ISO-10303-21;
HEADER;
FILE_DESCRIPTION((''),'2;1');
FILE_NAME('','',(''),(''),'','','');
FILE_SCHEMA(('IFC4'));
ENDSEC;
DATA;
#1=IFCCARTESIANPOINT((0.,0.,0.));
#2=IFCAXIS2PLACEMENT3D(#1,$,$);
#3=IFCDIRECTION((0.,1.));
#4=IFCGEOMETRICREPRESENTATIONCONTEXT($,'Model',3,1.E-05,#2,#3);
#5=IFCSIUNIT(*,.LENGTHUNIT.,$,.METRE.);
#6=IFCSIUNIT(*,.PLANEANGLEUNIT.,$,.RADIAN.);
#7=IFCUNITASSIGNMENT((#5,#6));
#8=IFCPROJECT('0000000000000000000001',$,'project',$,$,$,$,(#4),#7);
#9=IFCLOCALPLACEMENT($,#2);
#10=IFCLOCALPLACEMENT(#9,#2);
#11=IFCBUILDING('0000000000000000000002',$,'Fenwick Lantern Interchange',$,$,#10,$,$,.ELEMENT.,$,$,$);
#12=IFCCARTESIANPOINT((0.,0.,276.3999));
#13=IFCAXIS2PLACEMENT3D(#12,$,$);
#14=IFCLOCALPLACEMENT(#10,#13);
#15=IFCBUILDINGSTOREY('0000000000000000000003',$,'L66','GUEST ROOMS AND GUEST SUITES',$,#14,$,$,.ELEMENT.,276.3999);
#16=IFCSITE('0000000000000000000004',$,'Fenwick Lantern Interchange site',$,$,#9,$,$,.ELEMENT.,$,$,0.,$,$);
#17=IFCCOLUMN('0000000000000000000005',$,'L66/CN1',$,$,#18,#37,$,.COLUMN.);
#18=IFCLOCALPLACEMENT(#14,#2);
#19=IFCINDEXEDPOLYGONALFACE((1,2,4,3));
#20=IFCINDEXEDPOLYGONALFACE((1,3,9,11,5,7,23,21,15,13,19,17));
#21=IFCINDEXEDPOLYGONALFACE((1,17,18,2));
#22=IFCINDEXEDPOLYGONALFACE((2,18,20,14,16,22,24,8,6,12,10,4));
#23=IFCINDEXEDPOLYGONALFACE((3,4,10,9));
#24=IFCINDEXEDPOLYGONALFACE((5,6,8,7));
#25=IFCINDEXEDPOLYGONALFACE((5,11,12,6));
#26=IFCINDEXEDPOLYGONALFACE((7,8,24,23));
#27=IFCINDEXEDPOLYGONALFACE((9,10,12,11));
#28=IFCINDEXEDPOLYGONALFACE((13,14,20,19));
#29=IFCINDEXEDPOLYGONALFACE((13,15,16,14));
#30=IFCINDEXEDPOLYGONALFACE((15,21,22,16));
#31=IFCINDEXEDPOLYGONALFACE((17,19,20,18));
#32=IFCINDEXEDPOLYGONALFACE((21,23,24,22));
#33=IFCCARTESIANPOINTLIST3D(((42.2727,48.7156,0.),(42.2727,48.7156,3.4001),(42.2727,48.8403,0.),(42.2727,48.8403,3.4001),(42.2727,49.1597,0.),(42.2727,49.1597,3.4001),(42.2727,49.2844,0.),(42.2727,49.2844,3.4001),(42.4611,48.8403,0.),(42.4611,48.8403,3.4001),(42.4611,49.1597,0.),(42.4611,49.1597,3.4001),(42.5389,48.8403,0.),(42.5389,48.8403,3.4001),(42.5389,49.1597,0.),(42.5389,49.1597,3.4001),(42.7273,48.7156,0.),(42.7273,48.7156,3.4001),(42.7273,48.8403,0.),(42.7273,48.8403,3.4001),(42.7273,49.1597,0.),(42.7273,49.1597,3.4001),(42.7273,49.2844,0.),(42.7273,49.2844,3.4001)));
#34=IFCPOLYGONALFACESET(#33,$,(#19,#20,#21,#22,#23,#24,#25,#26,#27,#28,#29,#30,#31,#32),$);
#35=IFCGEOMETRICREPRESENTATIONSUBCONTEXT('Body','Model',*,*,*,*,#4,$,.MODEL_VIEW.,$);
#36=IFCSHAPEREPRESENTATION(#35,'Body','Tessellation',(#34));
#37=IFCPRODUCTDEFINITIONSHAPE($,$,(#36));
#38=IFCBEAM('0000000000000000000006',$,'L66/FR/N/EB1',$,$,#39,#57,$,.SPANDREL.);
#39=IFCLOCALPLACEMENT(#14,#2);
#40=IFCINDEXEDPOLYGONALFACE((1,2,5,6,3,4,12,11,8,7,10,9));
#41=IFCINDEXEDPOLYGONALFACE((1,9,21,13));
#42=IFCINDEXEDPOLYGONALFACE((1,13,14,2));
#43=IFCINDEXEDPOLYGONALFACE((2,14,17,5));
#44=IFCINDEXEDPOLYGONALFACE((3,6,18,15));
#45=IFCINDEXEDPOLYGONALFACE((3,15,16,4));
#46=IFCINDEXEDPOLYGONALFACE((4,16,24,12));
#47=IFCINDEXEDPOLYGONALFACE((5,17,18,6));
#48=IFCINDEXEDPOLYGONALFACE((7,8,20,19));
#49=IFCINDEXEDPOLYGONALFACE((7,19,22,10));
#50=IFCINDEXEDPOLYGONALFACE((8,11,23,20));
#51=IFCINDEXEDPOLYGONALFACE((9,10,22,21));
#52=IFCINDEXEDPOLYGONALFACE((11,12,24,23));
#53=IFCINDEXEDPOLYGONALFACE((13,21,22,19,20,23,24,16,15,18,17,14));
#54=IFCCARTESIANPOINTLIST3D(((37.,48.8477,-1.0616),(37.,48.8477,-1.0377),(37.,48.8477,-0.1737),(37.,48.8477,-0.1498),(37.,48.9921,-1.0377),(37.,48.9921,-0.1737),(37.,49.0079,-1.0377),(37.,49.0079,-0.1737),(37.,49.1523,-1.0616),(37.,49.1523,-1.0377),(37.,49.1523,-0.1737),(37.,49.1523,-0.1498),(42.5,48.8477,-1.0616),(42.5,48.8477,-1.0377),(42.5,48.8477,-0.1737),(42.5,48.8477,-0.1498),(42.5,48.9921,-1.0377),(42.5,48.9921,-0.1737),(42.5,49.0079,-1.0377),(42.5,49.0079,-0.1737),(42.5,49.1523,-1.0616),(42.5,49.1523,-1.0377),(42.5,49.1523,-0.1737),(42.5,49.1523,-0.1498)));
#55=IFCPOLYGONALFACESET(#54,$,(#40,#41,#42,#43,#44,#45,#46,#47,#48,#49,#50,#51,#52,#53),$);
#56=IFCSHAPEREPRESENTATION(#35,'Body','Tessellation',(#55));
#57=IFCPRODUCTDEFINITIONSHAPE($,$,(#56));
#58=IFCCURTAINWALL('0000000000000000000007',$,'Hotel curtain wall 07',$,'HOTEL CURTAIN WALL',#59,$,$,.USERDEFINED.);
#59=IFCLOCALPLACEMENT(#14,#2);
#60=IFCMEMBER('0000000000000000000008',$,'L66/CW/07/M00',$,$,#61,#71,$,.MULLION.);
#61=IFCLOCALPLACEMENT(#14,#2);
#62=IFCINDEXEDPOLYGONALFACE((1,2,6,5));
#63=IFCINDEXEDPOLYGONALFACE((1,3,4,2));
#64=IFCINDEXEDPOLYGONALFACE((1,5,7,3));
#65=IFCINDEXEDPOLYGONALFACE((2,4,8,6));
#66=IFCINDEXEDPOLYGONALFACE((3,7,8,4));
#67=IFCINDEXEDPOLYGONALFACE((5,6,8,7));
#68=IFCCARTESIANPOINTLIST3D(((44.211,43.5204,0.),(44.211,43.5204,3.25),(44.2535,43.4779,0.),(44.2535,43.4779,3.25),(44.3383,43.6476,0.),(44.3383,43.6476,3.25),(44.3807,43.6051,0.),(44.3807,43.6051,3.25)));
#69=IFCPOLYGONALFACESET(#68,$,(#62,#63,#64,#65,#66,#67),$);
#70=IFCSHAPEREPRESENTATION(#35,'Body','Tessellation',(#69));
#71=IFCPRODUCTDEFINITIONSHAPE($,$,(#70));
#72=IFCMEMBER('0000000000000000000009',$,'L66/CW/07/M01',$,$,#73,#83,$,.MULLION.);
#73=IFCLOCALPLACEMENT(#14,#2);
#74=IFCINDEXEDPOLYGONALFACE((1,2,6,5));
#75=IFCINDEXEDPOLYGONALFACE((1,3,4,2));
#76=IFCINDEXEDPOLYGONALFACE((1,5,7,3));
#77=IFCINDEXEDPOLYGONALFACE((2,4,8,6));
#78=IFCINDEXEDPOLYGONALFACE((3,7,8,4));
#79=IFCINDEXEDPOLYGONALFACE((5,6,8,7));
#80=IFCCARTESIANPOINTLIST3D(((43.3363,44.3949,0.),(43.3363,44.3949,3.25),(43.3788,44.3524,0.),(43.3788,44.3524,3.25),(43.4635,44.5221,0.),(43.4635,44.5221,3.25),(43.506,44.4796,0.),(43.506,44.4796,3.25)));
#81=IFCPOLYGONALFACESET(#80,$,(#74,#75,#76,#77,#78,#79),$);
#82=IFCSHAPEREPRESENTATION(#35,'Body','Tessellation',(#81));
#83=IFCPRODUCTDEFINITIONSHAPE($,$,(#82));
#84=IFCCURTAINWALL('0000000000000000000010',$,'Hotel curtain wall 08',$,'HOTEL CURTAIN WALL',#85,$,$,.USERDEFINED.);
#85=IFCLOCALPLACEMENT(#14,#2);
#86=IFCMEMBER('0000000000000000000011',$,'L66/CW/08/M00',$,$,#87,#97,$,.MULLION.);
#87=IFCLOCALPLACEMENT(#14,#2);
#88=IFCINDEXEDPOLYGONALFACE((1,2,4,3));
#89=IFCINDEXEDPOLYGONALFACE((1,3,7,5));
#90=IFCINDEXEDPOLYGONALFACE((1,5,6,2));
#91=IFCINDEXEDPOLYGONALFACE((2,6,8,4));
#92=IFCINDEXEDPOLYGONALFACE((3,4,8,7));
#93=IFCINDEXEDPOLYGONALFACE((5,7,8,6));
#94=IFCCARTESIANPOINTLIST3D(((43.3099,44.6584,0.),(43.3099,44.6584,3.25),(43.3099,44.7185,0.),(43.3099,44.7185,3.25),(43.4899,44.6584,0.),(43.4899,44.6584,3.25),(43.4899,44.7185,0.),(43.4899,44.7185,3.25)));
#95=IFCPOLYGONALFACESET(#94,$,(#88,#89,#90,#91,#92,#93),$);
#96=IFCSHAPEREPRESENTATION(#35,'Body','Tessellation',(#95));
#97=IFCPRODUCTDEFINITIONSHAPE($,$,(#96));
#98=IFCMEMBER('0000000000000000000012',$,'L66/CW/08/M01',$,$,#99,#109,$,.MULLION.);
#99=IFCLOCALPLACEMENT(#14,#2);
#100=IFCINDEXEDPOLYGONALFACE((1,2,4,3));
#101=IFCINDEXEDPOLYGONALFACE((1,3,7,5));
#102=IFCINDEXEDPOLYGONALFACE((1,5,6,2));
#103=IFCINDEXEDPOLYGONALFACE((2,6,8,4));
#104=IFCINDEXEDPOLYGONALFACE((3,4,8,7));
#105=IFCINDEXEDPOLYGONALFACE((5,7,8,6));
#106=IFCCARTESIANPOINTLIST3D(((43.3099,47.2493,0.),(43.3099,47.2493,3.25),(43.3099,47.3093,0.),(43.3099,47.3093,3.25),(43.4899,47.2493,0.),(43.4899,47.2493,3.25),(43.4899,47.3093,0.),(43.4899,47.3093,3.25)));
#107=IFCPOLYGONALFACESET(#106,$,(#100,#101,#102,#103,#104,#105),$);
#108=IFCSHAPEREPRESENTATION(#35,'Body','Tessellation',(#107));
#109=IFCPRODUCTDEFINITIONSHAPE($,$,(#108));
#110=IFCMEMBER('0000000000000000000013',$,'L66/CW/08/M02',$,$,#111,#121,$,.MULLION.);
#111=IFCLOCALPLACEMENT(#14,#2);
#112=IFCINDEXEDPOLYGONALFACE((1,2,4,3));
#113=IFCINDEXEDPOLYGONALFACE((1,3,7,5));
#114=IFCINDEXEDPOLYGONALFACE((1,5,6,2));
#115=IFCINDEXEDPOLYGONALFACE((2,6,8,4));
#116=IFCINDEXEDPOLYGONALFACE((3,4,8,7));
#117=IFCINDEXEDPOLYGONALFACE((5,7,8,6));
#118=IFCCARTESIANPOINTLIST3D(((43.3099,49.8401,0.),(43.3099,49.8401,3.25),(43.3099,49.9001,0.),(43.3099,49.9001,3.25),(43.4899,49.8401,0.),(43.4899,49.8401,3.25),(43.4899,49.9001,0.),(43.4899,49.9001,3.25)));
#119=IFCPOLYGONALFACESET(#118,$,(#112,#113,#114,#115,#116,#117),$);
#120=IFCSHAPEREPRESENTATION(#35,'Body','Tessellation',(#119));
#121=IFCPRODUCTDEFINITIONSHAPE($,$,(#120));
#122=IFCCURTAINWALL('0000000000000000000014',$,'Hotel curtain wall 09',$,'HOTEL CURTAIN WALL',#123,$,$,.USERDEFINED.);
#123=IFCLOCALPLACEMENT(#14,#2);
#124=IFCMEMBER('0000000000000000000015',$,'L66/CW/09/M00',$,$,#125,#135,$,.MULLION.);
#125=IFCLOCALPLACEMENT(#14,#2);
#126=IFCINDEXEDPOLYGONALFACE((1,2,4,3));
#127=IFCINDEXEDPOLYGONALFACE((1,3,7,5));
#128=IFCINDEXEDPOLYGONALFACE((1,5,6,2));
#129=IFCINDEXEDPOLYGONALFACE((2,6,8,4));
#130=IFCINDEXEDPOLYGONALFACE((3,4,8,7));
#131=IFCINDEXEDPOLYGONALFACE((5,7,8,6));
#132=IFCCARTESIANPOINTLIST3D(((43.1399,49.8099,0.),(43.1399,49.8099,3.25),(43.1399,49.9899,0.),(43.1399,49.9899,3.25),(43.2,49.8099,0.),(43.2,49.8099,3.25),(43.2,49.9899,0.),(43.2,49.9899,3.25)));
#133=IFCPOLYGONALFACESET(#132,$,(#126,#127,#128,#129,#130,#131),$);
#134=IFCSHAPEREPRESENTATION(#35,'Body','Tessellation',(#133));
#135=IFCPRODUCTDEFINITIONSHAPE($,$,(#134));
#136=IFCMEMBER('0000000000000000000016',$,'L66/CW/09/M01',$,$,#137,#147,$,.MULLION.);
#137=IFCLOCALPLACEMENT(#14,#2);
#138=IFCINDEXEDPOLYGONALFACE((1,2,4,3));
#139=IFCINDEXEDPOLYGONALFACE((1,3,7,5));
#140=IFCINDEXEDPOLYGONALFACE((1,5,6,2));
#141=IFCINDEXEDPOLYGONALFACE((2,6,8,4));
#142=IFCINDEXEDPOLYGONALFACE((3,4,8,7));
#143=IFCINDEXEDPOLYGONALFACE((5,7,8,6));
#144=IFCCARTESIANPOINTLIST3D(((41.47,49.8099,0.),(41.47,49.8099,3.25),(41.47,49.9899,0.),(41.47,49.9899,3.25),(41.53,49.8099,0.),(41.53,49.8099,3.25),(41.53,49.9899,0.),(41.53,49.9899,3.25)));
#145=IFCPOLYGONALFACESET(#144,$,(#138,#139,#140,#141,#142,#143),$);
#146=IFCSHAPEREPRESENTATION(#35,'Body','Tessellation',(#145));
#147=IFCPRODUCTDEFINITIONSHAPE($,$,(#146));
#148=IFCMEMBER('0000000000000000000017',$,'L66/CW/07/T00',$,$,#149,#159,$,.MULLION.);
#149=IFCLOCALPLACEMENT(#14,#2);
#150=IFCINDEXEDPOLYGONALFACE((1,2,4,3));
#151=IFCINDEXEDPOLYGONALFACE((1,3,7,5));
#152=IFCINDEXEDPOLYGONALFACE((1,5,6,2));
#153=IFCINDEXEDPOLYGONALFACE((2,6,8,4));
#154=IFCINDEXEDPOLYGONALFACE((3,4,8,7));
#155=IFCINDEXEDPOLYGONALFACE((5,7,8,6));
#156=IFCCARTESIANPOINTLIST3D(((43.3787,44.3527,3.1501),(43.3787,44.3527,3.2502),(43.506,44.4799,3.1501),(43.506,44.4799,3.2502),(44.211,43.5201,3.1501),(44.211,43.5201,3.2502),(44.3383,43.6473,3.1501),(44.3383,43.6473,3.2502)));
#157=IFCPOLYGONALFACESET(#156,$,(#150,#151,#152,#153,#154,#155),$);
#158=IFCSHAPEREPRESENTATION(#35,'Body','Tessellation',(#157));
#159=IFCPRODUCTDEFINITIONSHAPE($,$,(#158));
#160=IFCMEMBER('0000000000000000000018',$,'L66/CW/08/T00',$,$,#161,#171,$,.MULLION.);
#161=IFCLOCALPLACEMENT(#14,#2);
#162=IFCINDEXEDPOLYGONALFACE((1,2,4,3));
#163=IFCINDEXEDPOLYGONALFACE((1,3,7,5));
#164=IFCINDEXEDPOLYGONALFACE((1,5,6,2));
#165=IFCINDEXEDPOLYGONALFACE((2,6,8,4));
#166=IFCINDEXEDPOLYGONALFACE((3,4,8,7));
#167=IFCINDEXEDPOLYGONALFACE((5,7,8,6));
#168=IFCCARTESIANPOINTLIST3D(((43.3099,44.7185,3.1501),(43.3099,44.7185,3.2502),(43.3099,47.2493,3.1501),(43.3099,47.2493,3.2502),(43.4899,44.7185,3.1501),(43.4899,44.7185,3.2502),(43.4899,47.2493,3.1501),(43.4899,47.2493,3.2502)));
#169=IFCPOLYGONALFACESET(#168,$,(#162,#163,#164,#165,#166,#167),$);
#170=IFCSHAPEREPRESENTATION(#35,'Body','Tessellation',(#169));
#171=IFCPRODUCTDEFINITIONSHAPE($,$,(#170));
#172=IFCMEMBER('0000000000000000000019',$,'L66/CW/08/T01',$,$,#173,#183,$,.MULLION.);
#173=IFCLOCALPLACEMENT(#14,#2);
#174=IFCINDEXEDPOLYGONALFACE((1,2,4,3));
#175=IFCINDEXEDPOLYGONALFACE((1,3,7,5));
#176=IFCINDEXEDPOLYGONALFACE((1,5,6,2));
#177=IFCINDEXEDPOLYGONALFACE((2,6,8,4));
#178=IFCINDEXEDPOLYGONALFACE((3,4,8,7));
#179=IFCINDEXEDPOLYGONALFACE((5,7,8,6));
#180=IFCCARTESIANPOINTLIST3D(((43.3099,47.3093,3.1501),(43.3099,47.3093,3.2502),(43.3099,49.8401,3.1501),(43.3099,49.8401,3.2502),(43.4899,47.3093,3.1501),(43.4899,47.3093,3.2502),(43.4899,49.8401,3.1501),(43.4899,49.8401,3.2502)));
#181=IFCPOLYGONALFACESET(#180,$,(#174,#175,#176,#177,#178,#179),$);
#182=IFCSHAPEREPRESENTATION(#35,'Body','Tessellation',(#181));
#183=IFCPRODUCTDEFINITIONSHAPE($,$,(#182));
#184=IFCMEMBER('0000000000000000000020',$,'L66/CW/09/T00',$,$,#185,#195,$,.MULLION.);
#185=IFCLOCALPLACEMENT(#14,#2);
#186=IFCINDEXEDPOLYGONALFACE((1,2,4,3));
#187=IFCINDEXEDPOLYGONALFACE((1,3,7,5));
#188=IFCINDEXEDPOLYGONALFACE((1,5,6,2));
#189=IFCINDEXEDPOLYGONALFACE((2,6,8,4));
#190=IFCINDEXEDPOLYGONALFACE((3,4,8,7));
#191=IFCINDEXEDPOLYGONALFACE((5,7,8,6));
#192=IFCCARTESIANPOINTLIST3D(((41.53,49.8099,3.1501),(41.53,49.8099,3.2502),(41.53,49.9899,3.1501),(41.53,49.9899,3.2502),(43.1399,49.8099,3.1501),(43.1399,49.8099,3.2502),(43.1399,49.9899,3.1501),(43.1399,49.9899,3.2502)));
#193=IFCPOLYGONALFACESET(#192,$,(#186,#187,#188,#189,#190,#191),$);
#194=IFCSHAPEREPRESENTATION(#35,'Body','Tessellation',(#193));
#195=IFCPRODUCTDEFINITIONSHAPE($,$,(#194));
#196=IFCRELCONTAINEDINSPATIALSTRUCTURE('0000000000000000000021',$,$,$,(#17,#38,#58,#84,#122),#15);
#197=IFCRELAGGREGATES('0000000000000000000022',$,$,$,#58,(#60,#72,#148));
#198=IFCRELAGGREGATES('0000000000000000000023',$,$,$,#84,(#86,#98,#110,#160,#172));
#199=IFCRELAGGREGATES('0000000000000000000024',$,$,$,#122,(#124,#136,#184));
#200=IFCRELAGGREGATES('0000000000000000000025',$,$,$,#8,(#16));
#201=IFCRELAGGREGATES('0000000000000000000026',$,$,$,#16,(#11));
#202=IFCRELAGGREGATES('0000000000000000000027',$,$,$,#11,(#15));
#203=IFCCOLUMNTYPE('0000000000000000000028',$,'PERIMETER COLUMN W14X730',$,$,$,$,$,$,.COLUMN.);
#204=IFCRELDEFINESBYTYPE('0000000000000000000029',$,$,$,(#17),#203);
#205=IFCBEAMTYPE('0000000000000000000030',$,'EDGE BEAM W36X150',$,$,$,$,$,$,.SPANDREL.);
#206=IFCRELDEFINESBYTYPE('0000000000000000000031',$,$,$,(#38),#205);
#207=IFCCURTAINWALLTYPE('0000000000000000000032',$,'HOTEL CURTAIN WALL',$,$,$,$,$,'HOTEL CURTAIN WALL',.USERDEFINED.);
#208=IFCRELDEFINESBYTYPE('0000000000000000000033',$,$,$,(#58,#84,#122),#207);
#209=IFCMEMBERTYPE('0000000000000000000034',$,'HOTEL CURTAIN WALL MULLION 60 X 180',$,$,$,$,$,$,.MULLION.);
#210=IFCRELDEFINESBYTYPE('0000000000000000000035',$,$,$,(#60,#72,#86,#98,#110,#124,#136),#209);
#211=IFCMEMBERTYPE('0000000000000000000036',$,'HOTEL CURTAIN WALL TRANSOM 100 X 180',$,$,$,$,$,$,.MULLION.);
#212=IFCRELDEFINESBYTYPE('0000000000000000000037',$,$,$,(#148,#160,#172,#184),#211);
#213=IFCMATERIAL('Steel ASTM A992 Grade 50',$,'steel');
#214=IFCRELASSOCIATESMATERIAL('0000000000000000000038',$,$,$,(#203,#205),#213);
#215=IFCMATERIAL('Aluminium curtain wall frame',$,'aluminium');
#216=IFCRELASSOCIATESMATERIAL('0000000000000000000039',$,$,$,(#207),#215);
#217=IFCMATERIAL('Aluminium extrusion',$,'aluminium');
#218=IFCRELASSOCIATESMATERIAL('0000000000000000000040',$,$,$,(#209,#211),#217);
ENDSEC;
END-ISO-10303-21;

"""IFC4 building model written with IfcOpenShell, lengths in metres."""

from ifc_helpers import new_model, si_unit, direction, frame, origin, origin_2d, place, context, subcontext, project, spatial, rectangle, i_section, extrude, material, material_profile, profile_set, type_object, element, aggregate, save


model = new_model("IFC4")

# Units and contexts
model_context = context("Model", 3, precision=1e-05, world=origin(), true_north=direction((0.0, 1.0)))
body_context = subcontext(model_context, "Body", "Model", "MODEL_VIEW")
ifc_project = project(units=[si_unit("LENGTHUNIT", "METRE"), si_unit("PLANEANGLEUNIT", "RADIAN")], contexts=[model_context])

# Site, building, storey
site_placement = place(None, origin())
site = spatial("IfcSite", under=ifc_project, at=site_placement, Name="Fenwick Lantern Interchange site", CompositionType="ELEMENT", RefElevation=0.0)
building_placement = place(site_placement, origin())
building = spatial("IfcBuilding", under=site, at=building_placement, Name="Fenwick Lantern Interchange", CompositionType="ELEMENT")
storey_placement = place(building_placement, frame((0.0, 0.0, 276.3999)))
storey = spatial("IfcBuildingStorey", under=building, at=storey_placement, Name="L66", Description="GUEST ROOMS AND GUEST SUITES", CompositionType="ELEMENT", Elevation=276.3999)

# Column
ifc_material_1 = material(Name="Steel ASTM A992 Grade 50", Category="steel")
ifc_material_profile_1 = material_profile(ifc_material_1, i_section(OverallWidth=0.4546, OverallDepth=0.5688, WebThickness=0.0779, FlangeThickness=0.1248, at=origin_2d()), Name="W14X730")
ifc_profile_set_1 = profile_set([ifc_material_profile_1], Name="Steel ASTM A992 Grade 50")
column_type = type_object("IfcColumnType", Name="PERIMETER COLUMN W14X730", PredefinedType="COLUMN", material=ifc_profile_set_1)
column_placement = place(storey_placement, frame((42.5, 49.0, 0.0), z_axis=(0.0, 0.0, 1.0), x_axis=(1.0, 0.0, 0.0)))
element("IfcColumn", 1, at=column_placement, inside=storey, type_object=column_type, Name="L66/CN1", PredefinedType="COLUMN", context=body_context, shape_type="SweptSolid", body=[
    extrude(i_section(OverallWidth=0.4546, OverallDepth=0.5688, WebThickness=0.0779, FlangeThickness=0.1248, at=origin_2d()), origin(), (0.0, 0.0, 1.0), 3.4001),
])

# Beam
ifc_material_profile_2 = material_profile(ifc_material_1, i_section(OverallWidth=0.3047, OverallDepth=0.9119, WebThickness=0.0159, FlangeThickness=0.0239, at=origin_2d()), Name="W36X150")
ifc_profile_set_2 = profile_set([ifc_material_profile_2], Name="Steel ASTM A992 Grade 50")
beam_type = type_object("IfcBeamType", Name="EDGE BEAM W36X150", PredefinedType="SPANDREL", material=ifc_profile_set_2)
beam_placement = place(storey_placement, frame((42.5, 49.0, -0.6057), z_axis=(-1.0, 0.0, 0.0), x_axis=(0.0, -1.0, 0.0)))
element("IfcBeam", 2, at=beam_placement, inside=storey, type_object=beam_type, Name="L66/FR/N/EB1", PredefinedType="SPANDREL", context=body_context, shape_type="SweptSolid", body=[
    extrude(i_section(OverallWidth=0.3047, OverallDepth=0.9119, WebThickness=0.0159, FlangeThickness=0.0239, at=origin_2d()), origin(), (0.0, 0.0, 1.0), 5.5),
])

# Curtain walls, members
ifc_material_2 = material(Name="Aluminium curtain wall frame", Category="aluminium")
curtain_wall_type = type_object("IfcCurtainWallType", Name="HOTEL CURTAIN WALL", ElementType="HOTEL CURTAIN WALL", PredefinedType="USERDEFINED", material=ifc_material_2)
curtain_wall_1_placement = place(storey_placement, origin())
curtain_wall_1 = element("IfcCurtainWall", 3, at=curtain_wall_1_placement, inside=storey, type_object=curtain_wall_type, Name="Hotel curtain wall 07", ObjectType="HOTEL CURTAIN WALL", PredefinedType="USERDEFINED")
ifc_material_3 = material(Name="Aluminium extrusion", Category="aluminium")
ifc_material_profile_3 = material_profile(ifc_material_3, rectangle(XDim=0.1799, YDim=0.0601, at=origin_2d()), Name="HOTEL CURTAIN WALL MULLION 60 X 180")
ifc_profile_set_3 = profile_set([ifc_material_profile_3], Name="Aluminium extrusion")
member_type_1 = type_object("IfcMemberType", Name="HOTEL CURTAIN WALL MULLION 60 X 180", PredefinedType="MULLION", material=ifc_profile_set_3)
member_1_placement = place(storey_placement, frame((44.2959, 43.5627, 0.0), z_axis=(0.0, 0.0, 1.0), x_axis=(-0.707107, -0.707107, 0.0)))
member_1 = element("IfcMember", 4, at=member_1_placement, type_object=member_type_1, Name="L66/CW/07/M00", PredefinedType="MULLION", context=body_context, shape_type="SweptSolid", body=[
    extrude(rectangle(XDim=0.1799, YDim=0.0601, at=origin_2d()), origin(), (0.0, 0.0, 1.0), 3.25),
])
member_2_placement = place(storey_placement, frame((43.4211, 44.4373, 0.0), z_axis=(0.0, 0.0, 1.0), x_axis=(-0.707107, -0.707107, 0.0)))
member_2 = element("IfcMember", 5, at=member_2_placement, type_object=member_type_1, Name="L66/CW/07/M01", PredefinedType="MULLION", context=body_context, shape_type="SweptSolid", body=[
    extrude(rectangle(XDim=0.1799, YDim=0.0601, at=origin_2d()), origin(), (0.0, 0.0, 1.0), 3.25),
])
curtain_wall_2_placement = place(storey_placement, origin())
curtain_wall_2 = element("IfcCurtainWall", 6, at=curtain_wall_2_placement, inside=storey, type_object=curtain_wall_type, Name="Hotel curtain wall 08", ObjectType="HOTEL CURTAIN WALL", PredefinedType="USERDEFINED")
member_3_placement = place(storey_placement, frame((43.3999, 44.6885, 0.0), z_axis=(0.0, 0.0, 1.0), x_axis=(-1.0, 0.0, 0.0)))
member_3 = element("IfcMember", 7, at=member_3_placement, type_object=member_type_1, Name="L66/CW/08/M00", PredefinedType="MULLION", context=body_context, shape_type="SweptSolid", body=[
    extrude(rectangle(XDim=0.1799, YDim=0.0601, at=origin_2d()), origin(), (0.0, 0.0, 1.0), 3.25),
])
member_4_placement = place(storey_placement, frame((43.3999, 47.2793, 0.0), z_axis=(0.0, 0.0, 1.0), x_axis=(-1.0, 0.0, 0.0)))
member_4 = element("IfcMember", 8, at=member_4_placement, type_object=member_type_1, Name="L66/CW/08/M01", PredefinedType="MULLION", context=body_context, shape_type="SweptSolid", body=[
    extrude(rectangle(XDim=0.1799, YDim=0.0601, at=origin_2d()), origin(), (0.0, 0.0, 1.0), 3.25),
])
member_5_placement = place(storey_placement, frame((43.3999, 49.8701, 0.0), z_axis=(0.0, 0.0, 1.0), x_axis=(-1.0, 0.0, 0.0)))
member_5 = element("IfcMember", 9, at=member_5_placement, type_object=member_type_1, Name="L66/CW/08/M02", PredefinedType="MULLION", context=body_context, shape_type="SweptSolid", body=[
    extrude(rectangle(XDim=0.1799, YDim=0.0601, at=origin_2d()), origin(), (0.0, 0.0, 1.0), 3.25),
])
curtain_wall_3_placement = place(storey_placement, origin())
curtain_wall_3 = element("IfcCurtainWall", 10, at=curtain_wall_3_placement, inside=storey, type_object=curtain_wall_type, Name="Hotel curtain wall 09", ObjectType="HOTEL CURTAIN WALL", PredefinedType="USERDEFINED")
member_6_placement = place(storey_placement, frame((43.1699, 49.8999, 0.0), z_axis=(0.0, 0.0, 1.0), x_axis=(0.0, -1.0, 0.0)))
member_6 = element("IfcMember", 11, at=member_6_placement, type_object=member_type_1, Name="L66/CW/09/M00", PredefinedType="MULLION", context=body_context, shape_type="SweptSolid", body=[
    extrude(rectangle(XDim=0.1799, YDim=0.0601, at=origin_2d()), origin(), (0.0, 0.0, 1.0), 3.25),
])
member_7_placement = place(storey_placement, frame((41.5, 49.8999, 0.0), z_axis=(0.0, 0.0, 1.0), x_axis=(0.0, -1.0, 0.0)))
member_7 = element("IfcMember", 12, at=member_7_placement, type_object=member_type_1, Name="L66/CW/09/M01", PredefinedType="MULLION", context=body_context, shape_type="SweptSolid", body=[
    extrude(rectangle(XDim=0.1799, YDim=0.0601, at=origin_2d()), origin(), (0.0, 0.0, 1.0), 3.25),
])

# Members
ifc_material_profile_4 = material_profile(ifc_material_3, rectangle(XDim=0.1799, YDim=0.1001, at=origin_2d()), Name="HOTEL CURTAIN WALL TRANSOM 100 X 180")
ifc_profile_set_4 = profile_set([ifc_material_profile_4], Name="Aluminium extrusion")
member_type_2 = type_object("IfcMemberType", Name="HOTEL CURTAIN WALL TRANSOM 100 X 180", PredefinedType="MULLION", material=ifc_profile_set_4)
member_8_placement = place(storey_placement, frame((44.2747, 43.5837, 3.2002), z_axis=(-0.707003, 0.70721, 0.0), x_axis=(-0.70721, -0.707003, 0.0)))
member_8 = element("IfcMember", 13, at=member_8_placement, type_object=member_type_2, Name="L66/CW/07/T00", PredefinedType="MULLION", context=body_context, shape_type="SweptSolid", body=[
    extrude(rectangle(XDim=0.1799, YDim=0.1001, at=origin_2d()), origin(), (0.0, 0.0, 1.0), 1.1772),
])
member_9_placement = place(storey_placement, frame((43.3999, 44.7185, 3.2002), z_axis=(0.0, 1.0, 0.0), x_axis=(-1.0, 0.0, 0.0)))
member_9 = element("IfcMember", 14, at=member_9_placement, type_object=member_type_2, Name="L66/CW/08/T00", PredefinedType="MULLION", context=body_context, shape_type="SweptSolid", body=[
    extrude(rectangle(XDim=0.1799, YDim=0.1001, at=origin_2d()), origin(), (0.0, 0.0, 1.0), 2.5308),
])
member_10_placement = place(storey_placement, frame((43.3999, 47.3093, 3.2002), z_axis=(0.0, 1.0, 0.0), x_axis=(-1.0, 0.0, 0.0)))
member_10 = element("IfcMember", 15, at=member_10_placement, type_object=member_type_2, Name="L66/CW/08/T01", PredefinedType="MULLION", context=body_context, shape_type="SweptSolid", body=[
    extrude(rectangle(XDim=0.1799, YDim=0.1001, at=origin_2d()), origin(), (0.0, 0.0, 1.0), 2.5308),
])
member_11_placement = place(storey_placement, frame((43.1399, 49.8999, 3.2002), z_axis=(-1.0, 0.0, 0.0), x_axis=(0.0, -1.0, 0.0)))
member_11 = element("IfcMember", 16, at=member_11_placement, type_object=member_type_2, Name="L66/CW/09/T00", PredefinedType="MULLION", context=body_context, shape_type="SweptSolid", body=[
    extrude(rectangle(XDim=0.1799, YDim=0.1001, at=origin_2d()), origin(), (0.0, 0.0, 1.0), 1.6099),
])

aggregate(curtain_wall_1, [member_1, member_2, member_8])
aggregate(curtain_wall_2, [member_3, member_4, member_5, member_9, member_10])
aggregate(curtain_wall_3, [member_6, member_7, member_11])

save(model, "model.ifc")
